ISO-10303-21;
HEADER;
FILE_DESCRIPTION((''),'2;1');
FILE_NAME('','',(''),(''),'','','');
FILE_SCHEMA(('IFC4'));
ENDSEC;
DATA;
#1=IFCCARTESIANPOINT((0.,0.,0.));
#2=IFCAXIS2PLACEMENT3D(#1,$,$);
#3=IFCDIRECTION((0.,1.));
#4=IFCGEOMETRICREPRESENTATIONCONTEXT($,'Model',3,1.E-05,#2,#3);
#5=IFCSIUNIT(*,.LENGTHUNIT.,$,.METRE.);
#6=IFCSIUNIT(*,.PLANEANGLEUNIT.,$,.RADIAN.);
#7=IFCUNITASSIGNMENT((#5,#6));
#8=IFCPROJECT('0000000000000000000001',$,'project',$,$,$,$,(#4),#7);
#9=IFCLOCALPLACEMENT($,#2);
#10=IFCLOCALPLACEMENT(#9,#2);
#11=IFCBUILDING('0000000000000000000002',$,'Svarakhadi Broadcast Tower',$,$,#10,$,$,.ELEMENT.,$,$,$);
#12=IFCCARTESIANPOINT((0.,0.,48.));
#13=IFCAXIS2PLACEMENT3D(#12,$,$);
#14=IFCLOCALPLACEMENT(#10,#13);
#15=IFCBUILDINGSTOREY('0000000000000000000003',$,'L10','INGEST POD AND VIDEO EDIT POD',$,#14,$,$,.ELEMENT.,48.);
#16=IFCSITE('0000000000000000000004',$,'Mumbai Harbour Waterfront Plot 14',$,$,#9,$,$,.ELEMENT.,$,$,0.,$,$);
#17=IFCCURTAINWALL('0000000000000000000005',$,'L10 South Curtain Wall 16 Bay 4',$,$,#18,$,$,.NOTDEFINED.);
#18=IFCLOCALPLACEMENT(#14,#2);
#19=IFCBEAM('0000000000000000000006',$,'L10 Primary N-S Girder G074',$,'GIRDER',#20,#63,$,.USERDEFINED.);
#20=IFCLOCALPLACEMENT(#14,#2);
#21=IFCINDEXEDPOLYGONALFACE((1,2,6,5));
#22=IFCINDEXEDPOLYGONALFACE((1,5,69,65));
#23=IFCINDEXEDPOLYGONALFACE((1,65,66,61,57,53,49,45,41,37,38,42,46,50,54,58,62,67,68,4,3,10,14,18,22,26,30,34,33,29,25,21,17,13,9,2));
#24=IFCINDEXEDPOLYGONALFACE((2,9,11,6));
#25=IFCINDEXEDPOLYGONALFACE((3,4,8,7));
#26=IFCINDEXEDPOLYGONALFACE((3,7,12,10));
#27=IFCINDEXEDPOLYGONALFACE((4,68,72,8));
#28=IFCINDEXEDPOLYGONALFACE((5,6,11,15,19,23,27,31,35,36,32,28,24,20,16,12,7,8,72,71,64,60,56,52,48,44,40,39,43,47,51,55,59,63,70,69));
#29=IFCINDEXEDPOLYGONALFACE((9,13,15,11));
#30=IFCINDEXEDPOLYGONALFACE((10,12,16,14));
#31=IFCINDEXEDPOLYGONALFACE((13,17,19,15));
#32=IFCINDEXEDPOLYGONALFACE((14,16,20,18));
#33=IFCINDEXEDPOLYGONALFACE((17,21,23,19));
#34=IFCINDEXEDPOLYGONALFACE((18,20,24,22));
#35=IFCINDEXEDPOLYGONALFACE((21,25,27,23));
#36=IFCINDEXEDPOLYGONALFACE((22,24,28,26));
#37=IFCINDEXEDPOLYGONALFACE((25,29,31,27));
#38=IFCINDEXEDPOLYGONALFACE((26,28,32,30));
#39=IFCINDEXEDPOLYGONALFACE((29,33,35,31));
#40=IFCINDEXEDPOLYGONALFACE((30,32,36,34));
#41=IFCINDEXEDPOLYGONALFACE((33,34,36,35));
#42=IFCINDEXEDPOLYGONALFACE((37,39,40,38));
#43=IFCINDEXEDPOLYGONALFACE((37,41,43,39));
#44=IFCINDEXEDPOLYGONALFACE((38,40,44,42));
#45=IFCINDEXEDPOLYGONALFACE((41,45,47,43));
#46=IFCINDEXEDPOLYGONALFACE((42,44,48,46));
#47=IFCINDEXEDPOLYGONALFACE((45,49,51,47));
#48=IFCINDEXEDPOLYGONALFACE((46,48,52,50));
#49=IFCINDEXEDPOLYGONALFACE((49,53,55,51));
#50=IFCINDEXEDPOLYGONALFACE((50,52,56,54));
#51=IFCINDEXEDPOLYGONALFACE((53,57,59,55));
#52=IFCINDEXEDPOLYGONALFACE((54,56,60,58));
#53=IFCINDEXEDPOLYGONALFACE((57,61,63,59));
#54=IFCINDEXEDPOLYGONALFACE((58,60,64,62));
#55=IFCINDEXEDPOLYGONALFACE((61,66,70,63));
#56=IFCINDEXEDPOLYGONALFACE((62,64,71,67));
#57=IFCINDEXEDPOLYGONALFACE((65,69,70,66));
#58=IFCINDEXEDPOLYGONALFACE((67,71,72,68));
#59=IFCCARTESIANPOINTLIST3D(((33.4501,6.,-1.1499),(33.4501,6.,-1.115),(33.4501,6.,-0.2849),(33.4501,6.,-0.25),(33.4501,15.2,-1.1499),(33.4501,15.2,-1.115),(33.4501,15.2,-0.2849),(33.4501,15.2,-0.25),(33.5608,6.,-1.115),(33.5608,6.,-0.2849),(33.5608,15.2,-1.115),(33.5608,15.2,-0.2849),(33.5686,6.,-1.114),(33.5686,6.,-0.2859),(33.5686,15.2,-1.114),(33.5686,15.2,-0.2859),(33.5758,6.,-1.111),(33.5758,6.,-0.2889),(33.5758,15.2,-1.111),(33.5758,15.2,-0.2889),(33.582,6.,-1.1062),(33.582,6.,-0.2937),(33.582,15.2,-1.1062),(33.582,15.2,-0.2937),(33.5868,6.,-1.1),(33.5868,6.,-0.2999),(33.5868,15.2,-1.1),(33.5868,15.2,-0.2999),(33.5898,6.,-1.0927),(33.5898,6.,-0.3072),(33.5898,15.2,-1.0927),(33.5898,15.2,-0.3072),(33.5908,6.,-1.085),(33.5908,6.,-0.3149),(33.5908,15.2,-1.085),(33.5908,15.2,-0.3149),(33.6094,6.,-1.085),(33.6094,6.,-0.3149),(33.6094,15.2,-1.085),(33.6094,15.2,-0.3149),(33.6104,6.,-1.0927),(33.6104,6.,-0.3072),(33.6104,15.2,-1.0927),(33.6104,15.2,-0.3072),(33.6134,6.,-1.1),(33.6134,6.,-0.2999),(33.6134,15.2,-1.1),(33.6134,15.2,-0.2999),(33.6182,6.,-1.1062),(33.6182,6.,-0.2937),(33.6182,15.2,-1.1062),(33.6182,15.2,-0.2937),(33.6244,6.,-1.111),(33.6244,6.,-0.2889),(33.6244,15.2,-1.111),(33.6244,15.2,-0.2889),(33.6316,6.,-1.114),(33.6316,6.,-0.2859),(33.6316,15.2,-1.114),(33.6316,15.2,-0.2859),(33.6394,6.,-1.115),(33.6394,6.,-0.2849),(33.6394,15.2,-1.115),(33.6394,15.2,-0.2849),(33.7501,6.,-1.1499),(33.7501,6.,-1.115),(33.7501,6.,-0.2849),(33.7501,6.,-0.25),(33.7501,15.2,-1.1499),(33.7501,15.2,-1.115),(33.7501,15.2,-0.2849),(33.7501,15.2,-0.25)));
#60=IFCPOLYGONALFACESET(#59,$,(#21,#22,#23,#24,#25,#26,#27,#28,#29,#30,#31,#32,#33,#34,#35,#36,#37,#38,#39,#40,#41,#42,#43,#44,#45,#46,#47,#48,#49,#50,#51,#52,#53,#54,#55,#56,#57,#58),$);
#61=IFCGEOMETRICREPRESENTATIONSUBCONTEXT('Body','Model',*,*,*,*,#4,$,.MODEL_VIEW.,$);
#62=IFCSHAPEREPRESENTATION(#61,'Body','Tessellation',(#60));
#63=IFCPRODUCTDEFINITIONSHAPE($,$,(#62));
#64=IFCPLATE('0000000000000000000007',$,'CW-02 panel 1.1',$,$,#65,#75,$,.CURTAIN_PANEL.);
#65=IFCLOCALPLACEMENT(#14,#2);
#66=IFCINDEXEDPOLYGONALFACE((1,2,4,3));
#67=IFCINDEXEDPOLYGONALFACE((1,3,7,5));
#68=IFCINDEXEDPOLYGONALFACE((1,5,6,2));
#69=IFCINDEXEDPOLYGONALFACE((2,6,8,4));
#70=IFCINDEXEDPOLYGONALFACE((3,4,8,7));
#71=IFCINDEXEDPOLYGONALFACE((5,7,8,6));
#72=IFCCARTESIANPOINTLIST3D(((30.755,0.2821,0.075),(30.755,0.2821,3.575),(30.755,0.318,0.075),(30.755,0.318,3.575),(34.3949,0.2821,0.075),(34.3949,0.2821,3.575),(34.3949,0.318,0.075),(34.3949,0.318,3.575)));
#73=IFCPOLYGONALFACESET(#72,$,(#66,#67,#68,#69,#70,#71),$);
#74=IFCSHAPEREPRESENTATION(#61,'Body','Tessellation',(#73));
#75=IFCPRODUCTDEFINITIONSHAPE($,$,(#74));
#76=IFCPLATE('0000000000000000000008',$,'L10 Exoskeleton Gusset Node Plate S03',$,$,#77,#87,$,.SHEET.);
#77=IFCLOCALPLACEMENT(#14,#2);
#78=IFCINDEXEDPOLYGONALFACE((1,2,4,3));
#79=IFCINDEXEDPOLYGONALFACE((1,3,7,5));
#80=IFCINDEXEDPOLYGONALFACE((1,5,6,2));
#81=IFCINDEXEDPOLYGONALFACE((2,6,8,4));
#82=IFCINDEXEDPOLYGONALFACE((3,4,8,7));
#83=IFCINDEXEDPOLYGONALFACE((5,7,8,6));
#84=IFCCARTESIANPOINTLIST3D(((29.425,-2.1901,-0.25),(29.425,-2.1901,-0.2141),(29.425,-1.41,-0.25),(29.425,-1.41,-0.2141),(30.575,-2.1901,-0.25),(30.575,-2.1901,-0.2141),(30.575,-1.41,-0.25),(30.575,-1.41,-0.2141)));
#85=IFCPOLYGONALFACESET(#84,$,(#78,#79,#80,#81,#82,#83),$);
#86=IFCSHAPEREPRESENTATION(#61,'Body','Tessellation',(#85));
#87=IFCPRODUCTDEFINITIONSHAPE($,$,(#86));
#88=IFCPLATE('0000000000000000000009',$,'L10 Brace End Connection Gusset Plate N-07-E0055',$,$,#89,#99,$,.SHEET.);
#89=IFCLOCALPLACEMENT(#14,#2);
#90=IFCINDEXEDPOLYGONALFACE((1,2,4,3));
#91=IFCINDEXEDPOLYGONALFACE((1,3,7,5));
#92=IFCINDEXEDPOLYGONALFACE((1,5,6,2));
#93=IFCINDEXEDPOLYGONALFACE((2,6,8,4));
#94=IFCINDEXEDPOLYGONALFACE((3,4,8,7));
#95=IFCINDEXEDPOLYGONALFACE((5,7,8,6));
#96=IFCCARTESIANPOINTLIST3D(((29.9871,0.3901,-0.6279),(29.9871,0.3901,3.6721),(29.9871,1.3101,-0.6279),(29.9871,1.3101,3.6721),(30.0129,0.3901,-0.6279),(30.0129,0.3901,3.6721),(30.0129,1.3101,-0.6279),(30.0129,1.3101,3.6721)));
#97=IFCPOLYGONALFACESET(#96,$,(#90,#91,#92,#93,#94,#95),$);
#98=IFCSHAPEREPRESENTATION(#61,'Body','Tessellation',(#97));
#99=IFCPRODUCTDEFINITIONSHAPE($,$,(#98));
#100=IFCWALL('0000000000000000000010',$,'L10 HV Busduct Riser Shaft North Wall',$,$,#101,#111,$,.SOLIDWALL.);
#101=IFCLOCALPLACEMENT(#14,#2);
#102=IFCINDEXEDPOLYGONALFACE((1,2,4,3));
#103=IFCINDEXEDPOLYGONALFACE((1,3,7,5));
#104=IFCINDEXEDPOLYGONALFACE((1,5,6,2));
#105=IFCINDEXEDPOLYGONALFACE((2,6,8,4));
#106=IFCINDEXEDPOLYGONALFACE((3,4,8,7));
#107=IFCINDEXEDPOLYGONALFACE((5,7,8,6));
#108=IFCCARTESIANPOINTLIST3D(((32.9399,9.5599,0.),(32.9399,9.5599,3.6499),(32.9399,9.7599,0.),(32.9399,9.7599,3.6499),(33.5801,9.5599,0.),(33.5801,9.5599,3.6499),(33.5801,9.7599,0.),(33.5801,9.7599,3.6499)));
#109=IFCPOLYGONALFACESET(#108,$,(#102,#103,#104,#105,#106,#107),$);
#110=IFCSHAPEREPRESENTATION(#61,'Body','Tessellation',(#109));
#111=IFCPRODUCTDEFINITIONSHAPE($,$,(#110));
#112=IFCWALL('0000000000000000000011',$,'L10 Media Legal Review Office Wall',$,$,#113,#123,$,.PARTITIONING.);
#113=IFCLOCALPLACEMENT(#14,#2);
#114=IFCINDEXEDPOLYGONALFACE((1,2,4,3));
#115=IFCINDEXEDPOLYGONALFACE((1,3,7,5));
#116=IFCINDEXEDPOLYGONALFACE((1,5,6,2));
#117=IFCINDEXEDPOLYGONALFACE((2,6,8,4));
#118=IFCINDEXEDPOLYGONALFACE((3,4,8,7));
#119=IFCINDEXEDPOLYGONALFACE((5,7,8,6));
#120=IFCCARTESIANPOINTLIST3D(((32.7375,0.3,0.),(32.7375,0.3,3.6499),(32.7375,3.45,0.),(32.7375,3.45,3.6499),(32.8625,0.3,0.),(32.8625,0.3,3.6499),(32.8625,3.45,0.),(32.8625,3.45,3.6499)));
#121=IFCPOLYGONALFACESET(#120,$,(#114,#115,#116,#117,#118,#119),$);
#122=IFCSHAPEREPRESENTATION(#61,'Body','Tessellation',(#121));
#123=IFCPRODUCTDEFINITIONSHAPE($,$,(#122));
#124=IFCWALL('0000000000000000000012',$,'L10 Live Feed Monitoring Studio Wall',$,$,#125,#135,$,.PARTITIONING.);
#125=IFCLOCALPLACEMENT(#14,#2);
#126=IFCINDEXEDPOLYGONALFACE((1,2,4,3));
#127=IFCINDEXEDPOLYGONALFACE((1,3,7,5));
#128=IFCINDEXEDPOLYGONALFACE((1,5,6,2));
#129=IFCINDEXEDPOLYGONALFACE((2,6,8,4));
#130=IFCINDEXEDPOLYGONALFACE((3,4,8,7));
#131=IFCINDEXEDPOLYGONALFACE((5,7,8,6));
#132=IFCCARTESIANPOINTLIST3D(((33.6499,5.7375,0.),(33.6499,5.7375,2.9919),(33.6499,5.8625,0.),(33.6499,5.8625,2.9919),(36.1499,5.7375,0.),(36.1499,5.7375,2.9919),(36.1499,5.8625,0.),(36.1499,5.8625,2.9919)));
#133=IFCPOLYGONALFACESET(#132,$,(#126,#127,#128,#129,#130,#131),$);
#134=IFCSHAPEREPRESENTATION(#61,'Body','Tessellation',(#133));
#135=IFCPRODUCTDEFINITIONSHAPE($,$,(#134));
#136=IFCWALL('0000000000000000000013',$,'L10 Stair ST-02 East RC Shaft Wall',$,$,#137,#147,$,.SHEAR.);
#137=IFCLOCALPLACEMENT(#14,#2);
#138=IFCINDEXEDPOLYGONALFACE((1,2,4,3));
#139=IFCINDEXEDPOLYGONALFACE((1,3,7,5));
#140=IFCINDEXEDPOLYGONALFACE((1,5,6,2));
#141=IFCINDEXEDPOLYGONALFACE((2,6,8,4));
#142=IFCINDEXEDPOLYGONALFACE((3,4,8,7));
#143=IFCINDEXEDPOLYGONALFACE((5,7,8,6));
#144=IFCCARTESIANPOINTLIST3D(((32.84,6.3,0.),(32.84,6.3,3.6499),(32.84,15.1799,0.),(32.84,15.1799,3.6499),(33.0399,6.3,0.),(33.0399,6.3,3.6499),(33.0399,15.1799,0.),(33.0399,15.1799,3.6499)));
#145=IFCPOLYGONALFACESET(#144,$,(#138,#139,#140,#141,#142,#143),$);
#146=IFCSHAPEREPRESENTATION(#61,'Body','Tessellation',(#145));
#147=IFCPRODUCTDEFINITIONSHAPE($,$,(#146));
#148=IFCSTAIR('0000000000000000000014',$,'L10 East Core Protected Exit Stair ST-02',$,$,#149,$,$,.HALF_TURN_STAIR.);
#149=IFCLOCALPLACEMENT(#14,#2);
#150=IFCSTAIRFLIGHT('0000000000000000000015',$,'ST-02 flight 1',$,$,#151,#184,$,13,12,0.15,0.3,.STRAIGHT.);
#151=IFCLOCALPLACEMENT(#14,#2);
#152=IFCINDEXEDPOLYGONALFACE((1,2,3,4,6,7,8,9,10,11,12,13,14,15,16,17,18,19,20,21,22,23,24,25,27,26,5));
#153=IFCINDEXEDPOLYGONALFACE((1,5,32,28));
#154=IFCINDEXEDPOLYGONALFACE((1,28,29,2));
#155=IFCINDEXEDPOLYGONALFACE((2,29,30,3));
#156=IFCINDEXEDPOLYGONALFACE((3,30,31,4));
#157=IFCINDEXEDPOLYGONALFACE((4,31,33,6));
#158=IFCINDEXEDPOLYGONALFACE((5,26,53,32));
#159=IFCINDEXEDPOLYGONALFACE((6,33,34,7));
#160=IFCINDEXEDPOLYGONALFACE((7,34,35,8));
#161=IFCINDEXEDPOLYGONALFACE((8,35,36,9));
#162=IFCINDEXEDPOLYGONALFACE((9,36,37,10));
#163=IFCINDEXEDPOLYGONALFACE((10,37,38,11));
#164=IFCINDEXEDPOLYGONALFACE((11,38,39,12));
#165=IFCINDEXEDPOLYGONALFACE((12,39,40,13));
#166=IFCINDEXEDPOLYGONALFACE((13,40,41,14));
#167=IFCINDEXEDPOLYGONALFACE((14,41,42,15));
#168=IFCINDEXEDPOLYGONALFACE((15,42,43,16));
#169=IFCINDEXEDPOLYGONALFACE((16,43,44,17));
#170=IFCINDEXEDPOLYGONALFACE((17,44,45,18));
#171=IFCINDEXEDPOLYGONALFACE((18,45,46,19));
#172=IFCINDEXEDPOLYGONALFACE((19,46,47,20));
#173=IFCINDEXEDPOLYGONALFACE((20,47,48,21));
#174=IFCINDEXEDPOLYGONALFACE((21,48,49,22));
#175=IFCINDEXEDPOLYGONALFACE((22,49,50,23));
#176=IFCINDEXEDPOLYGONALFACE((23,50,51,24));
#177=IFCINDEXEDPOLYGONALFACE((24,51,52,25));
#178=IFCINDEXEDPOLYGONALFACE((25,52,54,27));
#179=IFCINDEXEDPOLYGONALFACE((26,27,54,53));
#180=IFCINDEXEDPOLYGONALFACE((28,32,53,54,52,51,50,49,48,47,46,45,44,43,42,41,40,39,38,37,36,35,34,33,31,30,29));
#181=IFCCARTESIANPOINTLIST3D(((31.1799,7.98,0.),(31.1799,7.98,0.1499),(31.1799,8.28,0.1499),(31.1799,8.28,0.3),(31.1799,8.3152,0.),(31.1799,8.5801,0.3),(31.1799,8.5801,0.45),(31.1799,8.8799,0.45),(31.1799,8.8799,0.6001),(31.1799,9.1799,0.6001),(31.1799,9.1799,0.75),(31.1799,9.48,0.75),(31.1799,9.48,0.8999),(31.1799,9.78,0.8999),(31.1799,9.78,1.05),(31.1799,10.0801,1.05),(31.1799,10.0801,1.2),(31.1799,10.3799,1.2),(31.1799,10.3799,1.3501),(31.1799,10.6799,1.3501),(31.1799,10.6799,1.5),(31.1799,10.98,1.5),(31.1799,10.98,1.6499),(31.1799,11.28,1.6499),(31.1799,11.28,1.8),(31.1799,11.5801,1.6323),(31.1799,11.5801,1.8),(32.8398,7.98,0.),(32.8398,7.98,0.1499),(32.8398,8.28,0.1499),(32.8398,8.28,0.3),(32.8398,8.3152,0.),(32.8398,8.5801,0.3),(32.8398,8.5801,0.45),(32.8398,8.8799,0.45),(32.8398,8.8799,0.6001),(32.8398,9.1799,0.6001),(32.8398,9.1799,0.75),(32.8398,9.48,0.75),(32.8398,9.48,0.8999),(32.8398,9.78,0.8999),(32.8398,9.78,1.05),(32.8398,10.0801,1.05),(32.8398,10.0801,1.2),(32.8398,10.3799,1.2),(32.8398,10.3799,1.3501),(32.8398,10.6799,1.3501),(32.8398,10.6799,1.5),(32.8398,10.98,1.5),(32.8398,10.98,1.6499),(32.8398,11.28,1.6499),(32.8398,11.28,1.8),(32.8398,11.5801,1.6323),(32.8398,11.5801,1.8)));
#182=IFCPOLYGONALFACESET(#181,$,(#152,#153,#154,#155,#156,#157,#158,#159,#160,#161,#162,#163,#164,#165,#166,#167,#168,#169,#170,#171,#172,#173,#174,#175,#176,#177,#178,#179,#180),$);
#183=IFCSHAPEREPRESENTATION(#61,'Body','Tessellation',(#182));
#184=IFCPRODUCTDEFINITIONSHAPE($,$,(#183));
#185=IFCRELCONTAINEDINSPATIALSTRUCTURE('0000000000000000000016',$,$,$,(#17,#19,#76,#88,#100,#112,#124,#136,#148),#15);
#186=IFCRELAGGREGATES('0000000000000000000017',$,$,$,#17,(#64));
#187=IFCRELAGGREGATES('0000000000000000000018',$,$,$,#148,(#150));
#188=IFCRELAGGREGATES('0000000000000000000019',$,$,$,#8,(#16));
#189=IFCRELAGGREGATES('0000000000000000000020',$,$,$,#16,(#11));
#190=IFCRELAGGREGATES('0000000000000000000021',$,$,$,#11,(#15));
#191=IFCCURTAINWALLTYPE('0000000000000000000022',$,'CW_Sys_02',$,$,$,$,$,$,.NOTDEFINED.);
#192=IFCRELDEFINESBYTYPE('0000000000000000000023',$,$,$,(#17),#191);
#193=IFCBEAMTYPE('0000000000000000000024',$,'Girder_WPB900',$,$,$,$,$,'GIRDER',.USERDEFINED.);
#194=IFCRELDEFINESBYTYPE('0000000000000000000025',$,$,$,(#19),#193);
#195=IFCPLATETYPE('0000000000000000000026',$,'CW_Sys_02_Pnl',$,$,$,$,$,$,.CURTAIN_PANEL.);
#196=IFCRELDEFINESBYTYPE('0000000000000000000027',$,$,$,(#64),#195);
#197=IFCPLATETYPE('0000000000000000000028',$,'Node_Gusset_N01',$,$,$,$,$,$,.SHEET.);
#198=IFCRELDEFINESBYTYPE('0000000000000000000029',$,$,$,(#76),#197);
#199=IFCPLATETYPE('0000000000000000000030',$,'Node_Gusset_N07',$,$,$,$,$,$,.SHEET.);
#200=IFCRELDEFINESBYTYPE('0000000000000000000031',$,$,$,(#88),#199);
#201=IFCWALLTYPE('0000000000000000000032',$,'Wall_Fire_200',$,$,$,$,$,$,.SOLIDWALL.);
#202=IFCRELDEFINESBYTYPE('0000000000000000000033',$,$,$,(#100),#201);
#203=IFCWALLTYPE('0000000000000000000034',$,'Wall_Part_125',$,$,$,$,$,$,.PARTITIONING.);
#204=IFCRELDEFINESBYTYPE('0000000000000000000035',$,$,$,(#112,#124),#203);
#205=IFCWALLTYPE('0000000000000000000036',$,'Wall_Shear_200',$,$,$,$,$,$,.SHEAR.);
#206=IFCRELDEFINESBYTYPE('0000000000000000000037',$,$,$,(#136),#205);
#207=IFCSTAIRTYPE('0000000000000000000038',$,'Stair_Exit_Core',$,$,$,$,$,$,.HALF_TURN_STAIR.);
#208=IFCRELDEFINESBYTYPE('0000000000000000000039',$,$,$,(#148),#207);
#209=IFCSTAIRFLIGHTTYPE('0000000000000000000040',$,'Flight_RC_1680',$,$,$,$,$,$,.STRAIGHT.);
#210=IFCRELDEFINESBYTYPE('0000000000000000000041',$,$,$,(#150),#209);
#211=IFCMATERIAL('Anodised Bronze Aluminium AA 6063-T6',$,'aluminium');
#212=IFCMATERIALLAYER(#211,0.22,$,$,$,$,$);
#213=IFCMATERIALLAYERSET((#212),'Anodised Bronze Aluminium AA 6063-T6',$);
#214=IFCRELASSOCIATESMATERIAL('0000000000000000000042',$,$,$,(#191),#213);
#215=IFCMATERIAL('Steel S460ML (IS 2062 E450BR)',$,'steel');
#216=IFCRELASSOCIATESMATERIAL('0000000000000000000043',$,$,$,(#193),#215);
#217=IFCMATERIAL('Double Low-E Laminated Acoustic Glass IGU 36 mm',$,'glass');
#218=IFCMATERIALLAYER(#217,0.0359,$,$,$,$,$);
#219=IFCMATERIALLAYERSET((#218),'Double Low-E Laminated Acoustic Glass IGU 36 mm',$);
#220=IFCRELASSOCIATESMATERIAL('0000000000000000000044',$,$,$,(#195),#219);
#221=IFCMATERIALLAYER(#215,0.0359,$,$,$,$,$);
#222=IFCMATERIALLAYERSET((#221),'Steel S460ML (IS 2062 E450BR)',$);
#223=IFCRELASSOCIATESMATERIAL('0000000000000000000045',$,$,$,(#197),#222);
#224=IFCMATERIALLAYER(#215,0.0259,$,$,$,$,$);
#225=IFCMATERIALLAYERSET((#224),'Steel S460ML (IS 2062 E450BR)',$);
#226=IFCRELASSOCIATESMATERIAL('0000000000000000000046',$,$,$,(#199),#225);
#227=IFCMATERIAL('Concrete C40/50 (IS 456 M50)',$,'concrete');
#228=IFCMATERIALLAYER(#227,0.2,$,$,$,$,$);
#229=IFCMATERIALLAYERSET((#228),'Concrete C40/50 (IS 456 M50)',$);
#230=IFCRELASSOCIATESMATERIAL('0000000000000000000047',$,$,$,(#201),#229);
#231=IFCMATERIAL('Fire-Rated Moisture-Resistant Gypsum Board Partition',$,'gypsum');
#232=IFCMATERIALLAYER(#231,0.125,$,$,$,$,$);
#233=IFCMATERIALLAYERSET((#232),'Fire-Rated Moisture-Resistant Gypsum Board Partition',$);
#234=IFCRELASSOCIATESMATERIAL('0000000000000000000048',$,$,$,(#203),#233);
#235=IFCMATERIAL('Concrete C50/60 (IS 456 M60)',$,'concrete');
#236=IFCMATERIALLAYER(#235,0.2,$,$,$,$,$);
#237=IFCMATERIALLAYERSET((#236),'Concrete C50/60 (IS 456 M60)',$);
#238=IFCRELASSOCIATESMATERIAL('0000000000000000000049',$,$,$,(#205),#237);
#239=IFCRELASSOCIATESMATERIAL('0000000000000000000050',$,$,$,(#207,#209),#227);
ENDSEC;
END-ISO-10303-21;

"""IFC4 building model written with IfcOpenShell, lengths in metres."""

from ifc_helpers import new_model, si_unit, direction, frame, frame_2d, origin, origin_2d, place, context, subcontext, project, spatial, polyline, rectangle, i_section, outline, extrude, material, layer, layer_set, material_profile, profile_set, type_object, element, aggregate, save


model = new_model("IFC4")

# Units and contexts
model_context = context("Model", 3, precision=1e-05, world=origin(), true_north=direction((0.0, 1.0)))
body_context = subcontext(model_context, "Body", "Model", "MODEL_VIEW")
ifc_project = project(units=[si_unit("LENGTHUNIT", "METRE"), si_unit("PLANEANGLEUNIT", "RADIAN")], contexts=[model_context])

# Site, building, storey
site_placement = place(None, origin())
site = spatial("IfcSite", under=ifc_project, at=site_placement, Name="Mumbai Harbour Waterfront Plot 14", CompositionType="ELEMENT", RefElevation=0.0)
building_placement = place(site_placement, origin())
building = spatial("IfcBuilding", under=site, at=building_placement, Name="Svarakhadi Broadcast Tower", CompositionType="ELEMENT")
storey_placement = place(building_placement, frame((0.0, 0.0, 48.0)))
storey = spatial("IfcBuildingStorey", under=building, at=storey_placement, Name="L10", Description="INGEST POD AND VIDEO EDIT POD", CompositionType="ELEMENT", Elevation=48.0)

# Shared definitions
ifc_material_1 = material(Name="Steel S460ML (IS 2062 E450BR)", Category="steel")

# Curtain wall
ifc_material_2 = material(Name="Anodised Bronze Aluminium AA 6063-T6", Category="aluminium")
ifc_layer_1 = layer(ifc_material_2, 0.22)
ifc_layer_set_1 = layer_set([ifc_layer_1], Name="Anodised Bronze Aluminium AA 6063-T6")
curtain_wall_type = type_object("IfcCurtainWallType", Name="CW_Sys_02", PredefinedType="NOTDEFINED", material=ifc_layer_set_1)
curtain_wall_1_placement = place(storey_placement, origin())
curtain_wall_1 = element("IfcCurtainWall", 1, at=curtain_wall_1_placement, inside=storey, type_object=curtain_wall_type, Name="L10 South Curtain Wall 16 Bay 4", PredefinedType="NOTDEFINED")

# Beam
ifc_material_profile_1 = material_profile(ifc_material_1, i_section(OverallWidth=0.3, OverallDepth=0.8999, WebThickness=0.0186, FlangeThickness=0.0349, FilletRadius=0.03, at=origin_2d()), Name="WPB 900x300x291")
ifc_profile_set_1 = profile_set([ifc_material_profile_1], Name="Steel S460ML (IS 2062 E450BR)")
beam_type_1 = type_object("IfcBeamType", Name="Girder_WPB900", ElementType="GIRDER", PredefinedType="USERDEFINED", material=ifc_profile_set_1)
beam_1_placement = place(storey_placement, frame((33.6001, 6.0, -0.7), z_axis=(0.0, 1.0, 0.0), x_axis=(-1.0, 0.0, 0.0)))
element("IfcBeam", 2, at=beam_1_placement, inside=storey, type_object=beam_type_1, Name="L10 Primary N-S Girder G074", ObjectType="GIRDER", PredefinedType="USERDEFINED", context=body_context, shape_type="SweptSolid", body=[
    extrude(i_section(OverallWidth=0.3, OverallDepth=0.8999, WebThickness=0.0186, FlangeThickness=0.0349, FilletRadius=0.03, at=origin_2d()), origin(), (0.0, 0.0, 1.0), 9.2),
])

# Plate
ifc_material_3 = material(Name="Double Low-E Laminated Acoustic Glass IGU 36 mm", Category="glass")
ifc_layer_2 = layer(ifc_material_3, 0.0359)
ifc_layer_set_2 = layer_set([ifc_layer_2], Name="Double Low-E Laminated Acoustic Glass IGU 36 mm")
plate_type_1 = type_object("IfcPlateType", Name="CW_Sys_02_Pnl", PredefinedType="CURTAIN_PANEL", material=ifc_layer_set_2)
plate_1_placement = place(storey_placement, frame((32.575, 0.3, 0.075), z_axis=(0.0, 0.0, 1.0), x_axis=(-1.0, 0.0, 0.0)))
plate_1 = element("IfcPlate", 3, at=plate_1_placement, type_object=plate_type_1, Name="CW-02 panel 1.1", PredefinedType="CURTAIN_PANEL", context=body_context, shape_type="SweptSolid", body=[
    extrude(rectangle(XDim=3.6399, YDim=0.0359, at=origin_2d()), origin(), (0.0, 0.0, 1.0), 3.5),
])
aggregate(curtain_wall_1, [plate_1])

# Plates
ifc_layer_3 = layer(ifc_material_1, 0.0359)
ifc_layer_set_3 = layer_set([ifc_layer_3], Name="Steel S460ML (IS 2062 E450BR)")
plate_type_2 = type_object("IfcPlateType", Name="Node_Gusset_N01", PredefinedType="SHEET", material=ifc_layer_set_3)
plate_2_placement = place(storey_placement, frame((30.0, -1.8, -0.25), z_axis=(0.0, 0.0, 1.0), x_axis=(1.0, 0.0, 0.0)))
element("IfcPlate", 4, at=plate_2_placement, inside=storey, type_object=plate_type_2, Name="L10 Exoskeleton Gusset Node Plate S03", PredefinedType="SHEET", context=body_context, shape_type="SweptSolid", body=[
    extrude(rectangle(XDim=1.1499, YDim=0.78, at=origin_2d()), origin(), (0.0, 0.0, 1.0), 0.0359),
])
ifc_layer_4 = layer(ifc_material_1, 0.0259)
ifc_layer_set_4 = layer_set([ifc_layer_4], Name="Steel S460ML (IS 2062 E450BR)")
plate_type_3 = type_object("IfcPlateType", Name="Node_Gusset_N07", PredefinedType="SHEET", material=ifc_layer_set_4)
plate_3_placement = place(storey_placement, frame((30.0, 0.8501, -0.6279), z_axis=(0.0, 0.0, 1.0), x_axis=(0.0, 1.0, 0.0)))
element("IfcPlate", 5, at=plate_3_placement, inside=storey, type_object=plate_type_3, Name="L10 Brace End Connection Gusset Plate N-07-E0055", PredefinedType="SHEET", context=body_context, shape_type="SweptSolid", body=[
    extrude(rectangle(XDim=0.9199, YDim=0.0259, at=origin_2d()), origin(), (0.0, 0.0, 1.0), 4.3),
])

# Walls
ifc_material_4 = material(Name="Concrete C40/50 (IS 456 M50)", Category="concrete")
ifc_layer_5 = layer(ifc_material_4, 0.2)
ifc_layer_set_5 = layer_set([ifc_layer_5], Name="Concrete C40/50 (IS 456 M50)")
wall_type_1 = type_object("IfcWallType", Name="Wall_Fire_200", PredefinedType="SOLIDWALL", material=ifc_layer_set_5)
wall_1_placement = place(storey_placement, frame((32.9399, 9.6599, 0.0), z_axis=(0.0, 0.0, 1.0), x_axis=(1.0, 0.0, 0.0)))
element("IfcWall", 6, at=wall_1_placement, inside=storey, type_object=wall_type_1, Name="L10 HV Busduct Riser Shaft North Wall", PredefinedType="SOLIDWALL", context=body_context, shape_type="SweptSolid", body=[
    extrude(rectangle(XDim=0.6401, YDim=0.2, at=frame_2d((0.3201, 0.0))), origin(), (0.0, 0.0, 1.0), 3.6499),
])
ifc_material_5 = material(Name="Fire-Rated Moisture-Resistant Gypsum Board Partition", Category="gypsum")
ifc_layer_6 = layer(ifc_material_5, 0.125)
ifc_layer_set_6 = layer_set([ifc_layer_6], Name="Fire-Rated Moisture-Resistant Gypsum Board Partition")
wall_type_2 = type_object("IfcWallType", Name="Wall_Part_125", PredefinedType="PARTITIONING", material=ifc_layer_set_6)
wall_2_placement = place(storey_placement, frame((32.8, 0.3, 0.0), z_axis=(0.0, 0.0, 1.0), x_axis=(0.0, 1.0, 0.0)))
element("IfcWall", 7, at=wall_2_placement, inside=storey, type_object=wall_type_2, Name="L10 Media Legal Review Office Wall", PredefinedType="PARTITIONING", context=body_context, shape_type="SweptSolid", body=[
    extrude(rectangle(XDim=3.1499, YDim=0.125, at=frame_2d((1.575, 0.0))), origin(), (0.0, 0.0, 1.0), 3.6499),
])
wall_3_placement = place(storey_placement, frame((33.6499, 5.8, 0.0), z_axis=(0.0, 0.0, 1.0), x_axis=(1.0, 0.0, 0.0)))
element("IfcWall", 8, at=wall_3_placement, inside=storey, type_object=wall_type_2, Name="L10 Live Feed Monitoring Studio Wall", PredefinedType="PARTITIONING", context=body_context, shape_type="SweptSolid", body=[
    extrude(rectangle(XDim=2.5, YDim=0.125, at=frame_2d((1.25, 0.0))), origin(), (0.0, 0.0, 1.0), 2.9919),
])
ifc_material_6 = material(Name="Concrete C50/60 (IS 456 M60)", Category="concrete")
ifc_layer_7 = layer(ifc_material_6, 0.2)
ifc_layer_set_7 = layer_set([ifc_layer_7], Name="Concrete C50/60 (IS 456 M60)")
wall_type_3 = type_object("IfcWallType", Name="Wall_Shear_200", PredefinedType="SHEAR", material=ifc_layer_set_7)
wall_4_placement = place(storey_placement, frame((32.9399, 6.3, 0.0), z_axis=(0.0, 0.0, 1.0), x_axis=(0.0, 1.0, 0.0)))
element("IfcWall", 9, at=wall_4_placement, inside=storey, type_object=wall_type_3, Name="L10 Stair ST-02 East RC Shaft Wall", PredefinedType="SHEAR", context=body_context, shape_type="SweptSolid", body=[
    extrude(rectangle(XDim=8.8799, YDim=0.2, at=frame_2d((4.4399, 0.0))), origin(), (0.0, 0.0, 1.0), 3.6499),
])

# Stair, stair flight
stair_type = type_object("IfcStairType", Name="Stair_Exit_Core", PredefinedType="HALF_TURN_STAIR", material=ifc_material_4)
stair_placement = place(storey_placement, origin())
stair = element("IfcStair", 10, at=stair_placement, inside=storey, type_object=stair_type, Name="L10 East Core Protected Exit Stair ST-02", PredefinedType="HALF_TURN_STAIR")
stair_flight_type = type_object("IfcStairFlightType", Name="Flight_RC_1680", PredefinedType="STRAIGHT", material=ifc_material_4)
stair_flight_1_placement = place(storey_placement, frame((32.01, 7.98, 0.0), z_axis=(0.0, 0.0, 1.0), x_axis=(0.0, 1.0, 0.0)))
stair_flight_1 = element("IfcStairFlight", 11, at=stair_flight_1_placement, type_object=stair_flight_type, Name="ST-02 flight 1", NumberOfRisers=13, NumberOfTreads=12, PredefinedType="STRAIGHT", RiserHeight=0.15, TreadLength=0.3, context=body_context, shape_type="SweptSolid", body=[
    extrude(outline(polyline([(0.0, 0.0), (0.0, 0.1499), (0.3, 0.1499), (0.3, 0.3), (0.6001, 0.3), (0.6001, 0.45), (0.8999, 0.45), (0.8999, 0.6001), (1.2, 0.6001), (1.2, 0.75), (1.5, 0.75), (1.5, 0.8999), (1.8, 0.8999), (1.8, 1.05), (2.1001, 1.05), (2.1001, 1.2), (2.3999, 1.2), (2.3999, 1.3501), (2.7, 1.3501), (2.7, 1.5), (3.0, 1.5), (3.0, 1.6499), (3.3, 1.6499), (3.3, 1.8), (3.6001, 1.8), (3.6001, 1.95), (3.6001, 1.6323), (0.3352, 0.0), (0.0, 0.0)])), frame((0.0, 0.8301, 0.0), z_axis=(0.0, -1.0, 0.0), x_axis=(1.0, 0.0, 0.0)), (0.0, 0.0, 1.0), 1.6599),
])
aggregate(stair, [stair_flight_1])

save(model, "model.ifc")
